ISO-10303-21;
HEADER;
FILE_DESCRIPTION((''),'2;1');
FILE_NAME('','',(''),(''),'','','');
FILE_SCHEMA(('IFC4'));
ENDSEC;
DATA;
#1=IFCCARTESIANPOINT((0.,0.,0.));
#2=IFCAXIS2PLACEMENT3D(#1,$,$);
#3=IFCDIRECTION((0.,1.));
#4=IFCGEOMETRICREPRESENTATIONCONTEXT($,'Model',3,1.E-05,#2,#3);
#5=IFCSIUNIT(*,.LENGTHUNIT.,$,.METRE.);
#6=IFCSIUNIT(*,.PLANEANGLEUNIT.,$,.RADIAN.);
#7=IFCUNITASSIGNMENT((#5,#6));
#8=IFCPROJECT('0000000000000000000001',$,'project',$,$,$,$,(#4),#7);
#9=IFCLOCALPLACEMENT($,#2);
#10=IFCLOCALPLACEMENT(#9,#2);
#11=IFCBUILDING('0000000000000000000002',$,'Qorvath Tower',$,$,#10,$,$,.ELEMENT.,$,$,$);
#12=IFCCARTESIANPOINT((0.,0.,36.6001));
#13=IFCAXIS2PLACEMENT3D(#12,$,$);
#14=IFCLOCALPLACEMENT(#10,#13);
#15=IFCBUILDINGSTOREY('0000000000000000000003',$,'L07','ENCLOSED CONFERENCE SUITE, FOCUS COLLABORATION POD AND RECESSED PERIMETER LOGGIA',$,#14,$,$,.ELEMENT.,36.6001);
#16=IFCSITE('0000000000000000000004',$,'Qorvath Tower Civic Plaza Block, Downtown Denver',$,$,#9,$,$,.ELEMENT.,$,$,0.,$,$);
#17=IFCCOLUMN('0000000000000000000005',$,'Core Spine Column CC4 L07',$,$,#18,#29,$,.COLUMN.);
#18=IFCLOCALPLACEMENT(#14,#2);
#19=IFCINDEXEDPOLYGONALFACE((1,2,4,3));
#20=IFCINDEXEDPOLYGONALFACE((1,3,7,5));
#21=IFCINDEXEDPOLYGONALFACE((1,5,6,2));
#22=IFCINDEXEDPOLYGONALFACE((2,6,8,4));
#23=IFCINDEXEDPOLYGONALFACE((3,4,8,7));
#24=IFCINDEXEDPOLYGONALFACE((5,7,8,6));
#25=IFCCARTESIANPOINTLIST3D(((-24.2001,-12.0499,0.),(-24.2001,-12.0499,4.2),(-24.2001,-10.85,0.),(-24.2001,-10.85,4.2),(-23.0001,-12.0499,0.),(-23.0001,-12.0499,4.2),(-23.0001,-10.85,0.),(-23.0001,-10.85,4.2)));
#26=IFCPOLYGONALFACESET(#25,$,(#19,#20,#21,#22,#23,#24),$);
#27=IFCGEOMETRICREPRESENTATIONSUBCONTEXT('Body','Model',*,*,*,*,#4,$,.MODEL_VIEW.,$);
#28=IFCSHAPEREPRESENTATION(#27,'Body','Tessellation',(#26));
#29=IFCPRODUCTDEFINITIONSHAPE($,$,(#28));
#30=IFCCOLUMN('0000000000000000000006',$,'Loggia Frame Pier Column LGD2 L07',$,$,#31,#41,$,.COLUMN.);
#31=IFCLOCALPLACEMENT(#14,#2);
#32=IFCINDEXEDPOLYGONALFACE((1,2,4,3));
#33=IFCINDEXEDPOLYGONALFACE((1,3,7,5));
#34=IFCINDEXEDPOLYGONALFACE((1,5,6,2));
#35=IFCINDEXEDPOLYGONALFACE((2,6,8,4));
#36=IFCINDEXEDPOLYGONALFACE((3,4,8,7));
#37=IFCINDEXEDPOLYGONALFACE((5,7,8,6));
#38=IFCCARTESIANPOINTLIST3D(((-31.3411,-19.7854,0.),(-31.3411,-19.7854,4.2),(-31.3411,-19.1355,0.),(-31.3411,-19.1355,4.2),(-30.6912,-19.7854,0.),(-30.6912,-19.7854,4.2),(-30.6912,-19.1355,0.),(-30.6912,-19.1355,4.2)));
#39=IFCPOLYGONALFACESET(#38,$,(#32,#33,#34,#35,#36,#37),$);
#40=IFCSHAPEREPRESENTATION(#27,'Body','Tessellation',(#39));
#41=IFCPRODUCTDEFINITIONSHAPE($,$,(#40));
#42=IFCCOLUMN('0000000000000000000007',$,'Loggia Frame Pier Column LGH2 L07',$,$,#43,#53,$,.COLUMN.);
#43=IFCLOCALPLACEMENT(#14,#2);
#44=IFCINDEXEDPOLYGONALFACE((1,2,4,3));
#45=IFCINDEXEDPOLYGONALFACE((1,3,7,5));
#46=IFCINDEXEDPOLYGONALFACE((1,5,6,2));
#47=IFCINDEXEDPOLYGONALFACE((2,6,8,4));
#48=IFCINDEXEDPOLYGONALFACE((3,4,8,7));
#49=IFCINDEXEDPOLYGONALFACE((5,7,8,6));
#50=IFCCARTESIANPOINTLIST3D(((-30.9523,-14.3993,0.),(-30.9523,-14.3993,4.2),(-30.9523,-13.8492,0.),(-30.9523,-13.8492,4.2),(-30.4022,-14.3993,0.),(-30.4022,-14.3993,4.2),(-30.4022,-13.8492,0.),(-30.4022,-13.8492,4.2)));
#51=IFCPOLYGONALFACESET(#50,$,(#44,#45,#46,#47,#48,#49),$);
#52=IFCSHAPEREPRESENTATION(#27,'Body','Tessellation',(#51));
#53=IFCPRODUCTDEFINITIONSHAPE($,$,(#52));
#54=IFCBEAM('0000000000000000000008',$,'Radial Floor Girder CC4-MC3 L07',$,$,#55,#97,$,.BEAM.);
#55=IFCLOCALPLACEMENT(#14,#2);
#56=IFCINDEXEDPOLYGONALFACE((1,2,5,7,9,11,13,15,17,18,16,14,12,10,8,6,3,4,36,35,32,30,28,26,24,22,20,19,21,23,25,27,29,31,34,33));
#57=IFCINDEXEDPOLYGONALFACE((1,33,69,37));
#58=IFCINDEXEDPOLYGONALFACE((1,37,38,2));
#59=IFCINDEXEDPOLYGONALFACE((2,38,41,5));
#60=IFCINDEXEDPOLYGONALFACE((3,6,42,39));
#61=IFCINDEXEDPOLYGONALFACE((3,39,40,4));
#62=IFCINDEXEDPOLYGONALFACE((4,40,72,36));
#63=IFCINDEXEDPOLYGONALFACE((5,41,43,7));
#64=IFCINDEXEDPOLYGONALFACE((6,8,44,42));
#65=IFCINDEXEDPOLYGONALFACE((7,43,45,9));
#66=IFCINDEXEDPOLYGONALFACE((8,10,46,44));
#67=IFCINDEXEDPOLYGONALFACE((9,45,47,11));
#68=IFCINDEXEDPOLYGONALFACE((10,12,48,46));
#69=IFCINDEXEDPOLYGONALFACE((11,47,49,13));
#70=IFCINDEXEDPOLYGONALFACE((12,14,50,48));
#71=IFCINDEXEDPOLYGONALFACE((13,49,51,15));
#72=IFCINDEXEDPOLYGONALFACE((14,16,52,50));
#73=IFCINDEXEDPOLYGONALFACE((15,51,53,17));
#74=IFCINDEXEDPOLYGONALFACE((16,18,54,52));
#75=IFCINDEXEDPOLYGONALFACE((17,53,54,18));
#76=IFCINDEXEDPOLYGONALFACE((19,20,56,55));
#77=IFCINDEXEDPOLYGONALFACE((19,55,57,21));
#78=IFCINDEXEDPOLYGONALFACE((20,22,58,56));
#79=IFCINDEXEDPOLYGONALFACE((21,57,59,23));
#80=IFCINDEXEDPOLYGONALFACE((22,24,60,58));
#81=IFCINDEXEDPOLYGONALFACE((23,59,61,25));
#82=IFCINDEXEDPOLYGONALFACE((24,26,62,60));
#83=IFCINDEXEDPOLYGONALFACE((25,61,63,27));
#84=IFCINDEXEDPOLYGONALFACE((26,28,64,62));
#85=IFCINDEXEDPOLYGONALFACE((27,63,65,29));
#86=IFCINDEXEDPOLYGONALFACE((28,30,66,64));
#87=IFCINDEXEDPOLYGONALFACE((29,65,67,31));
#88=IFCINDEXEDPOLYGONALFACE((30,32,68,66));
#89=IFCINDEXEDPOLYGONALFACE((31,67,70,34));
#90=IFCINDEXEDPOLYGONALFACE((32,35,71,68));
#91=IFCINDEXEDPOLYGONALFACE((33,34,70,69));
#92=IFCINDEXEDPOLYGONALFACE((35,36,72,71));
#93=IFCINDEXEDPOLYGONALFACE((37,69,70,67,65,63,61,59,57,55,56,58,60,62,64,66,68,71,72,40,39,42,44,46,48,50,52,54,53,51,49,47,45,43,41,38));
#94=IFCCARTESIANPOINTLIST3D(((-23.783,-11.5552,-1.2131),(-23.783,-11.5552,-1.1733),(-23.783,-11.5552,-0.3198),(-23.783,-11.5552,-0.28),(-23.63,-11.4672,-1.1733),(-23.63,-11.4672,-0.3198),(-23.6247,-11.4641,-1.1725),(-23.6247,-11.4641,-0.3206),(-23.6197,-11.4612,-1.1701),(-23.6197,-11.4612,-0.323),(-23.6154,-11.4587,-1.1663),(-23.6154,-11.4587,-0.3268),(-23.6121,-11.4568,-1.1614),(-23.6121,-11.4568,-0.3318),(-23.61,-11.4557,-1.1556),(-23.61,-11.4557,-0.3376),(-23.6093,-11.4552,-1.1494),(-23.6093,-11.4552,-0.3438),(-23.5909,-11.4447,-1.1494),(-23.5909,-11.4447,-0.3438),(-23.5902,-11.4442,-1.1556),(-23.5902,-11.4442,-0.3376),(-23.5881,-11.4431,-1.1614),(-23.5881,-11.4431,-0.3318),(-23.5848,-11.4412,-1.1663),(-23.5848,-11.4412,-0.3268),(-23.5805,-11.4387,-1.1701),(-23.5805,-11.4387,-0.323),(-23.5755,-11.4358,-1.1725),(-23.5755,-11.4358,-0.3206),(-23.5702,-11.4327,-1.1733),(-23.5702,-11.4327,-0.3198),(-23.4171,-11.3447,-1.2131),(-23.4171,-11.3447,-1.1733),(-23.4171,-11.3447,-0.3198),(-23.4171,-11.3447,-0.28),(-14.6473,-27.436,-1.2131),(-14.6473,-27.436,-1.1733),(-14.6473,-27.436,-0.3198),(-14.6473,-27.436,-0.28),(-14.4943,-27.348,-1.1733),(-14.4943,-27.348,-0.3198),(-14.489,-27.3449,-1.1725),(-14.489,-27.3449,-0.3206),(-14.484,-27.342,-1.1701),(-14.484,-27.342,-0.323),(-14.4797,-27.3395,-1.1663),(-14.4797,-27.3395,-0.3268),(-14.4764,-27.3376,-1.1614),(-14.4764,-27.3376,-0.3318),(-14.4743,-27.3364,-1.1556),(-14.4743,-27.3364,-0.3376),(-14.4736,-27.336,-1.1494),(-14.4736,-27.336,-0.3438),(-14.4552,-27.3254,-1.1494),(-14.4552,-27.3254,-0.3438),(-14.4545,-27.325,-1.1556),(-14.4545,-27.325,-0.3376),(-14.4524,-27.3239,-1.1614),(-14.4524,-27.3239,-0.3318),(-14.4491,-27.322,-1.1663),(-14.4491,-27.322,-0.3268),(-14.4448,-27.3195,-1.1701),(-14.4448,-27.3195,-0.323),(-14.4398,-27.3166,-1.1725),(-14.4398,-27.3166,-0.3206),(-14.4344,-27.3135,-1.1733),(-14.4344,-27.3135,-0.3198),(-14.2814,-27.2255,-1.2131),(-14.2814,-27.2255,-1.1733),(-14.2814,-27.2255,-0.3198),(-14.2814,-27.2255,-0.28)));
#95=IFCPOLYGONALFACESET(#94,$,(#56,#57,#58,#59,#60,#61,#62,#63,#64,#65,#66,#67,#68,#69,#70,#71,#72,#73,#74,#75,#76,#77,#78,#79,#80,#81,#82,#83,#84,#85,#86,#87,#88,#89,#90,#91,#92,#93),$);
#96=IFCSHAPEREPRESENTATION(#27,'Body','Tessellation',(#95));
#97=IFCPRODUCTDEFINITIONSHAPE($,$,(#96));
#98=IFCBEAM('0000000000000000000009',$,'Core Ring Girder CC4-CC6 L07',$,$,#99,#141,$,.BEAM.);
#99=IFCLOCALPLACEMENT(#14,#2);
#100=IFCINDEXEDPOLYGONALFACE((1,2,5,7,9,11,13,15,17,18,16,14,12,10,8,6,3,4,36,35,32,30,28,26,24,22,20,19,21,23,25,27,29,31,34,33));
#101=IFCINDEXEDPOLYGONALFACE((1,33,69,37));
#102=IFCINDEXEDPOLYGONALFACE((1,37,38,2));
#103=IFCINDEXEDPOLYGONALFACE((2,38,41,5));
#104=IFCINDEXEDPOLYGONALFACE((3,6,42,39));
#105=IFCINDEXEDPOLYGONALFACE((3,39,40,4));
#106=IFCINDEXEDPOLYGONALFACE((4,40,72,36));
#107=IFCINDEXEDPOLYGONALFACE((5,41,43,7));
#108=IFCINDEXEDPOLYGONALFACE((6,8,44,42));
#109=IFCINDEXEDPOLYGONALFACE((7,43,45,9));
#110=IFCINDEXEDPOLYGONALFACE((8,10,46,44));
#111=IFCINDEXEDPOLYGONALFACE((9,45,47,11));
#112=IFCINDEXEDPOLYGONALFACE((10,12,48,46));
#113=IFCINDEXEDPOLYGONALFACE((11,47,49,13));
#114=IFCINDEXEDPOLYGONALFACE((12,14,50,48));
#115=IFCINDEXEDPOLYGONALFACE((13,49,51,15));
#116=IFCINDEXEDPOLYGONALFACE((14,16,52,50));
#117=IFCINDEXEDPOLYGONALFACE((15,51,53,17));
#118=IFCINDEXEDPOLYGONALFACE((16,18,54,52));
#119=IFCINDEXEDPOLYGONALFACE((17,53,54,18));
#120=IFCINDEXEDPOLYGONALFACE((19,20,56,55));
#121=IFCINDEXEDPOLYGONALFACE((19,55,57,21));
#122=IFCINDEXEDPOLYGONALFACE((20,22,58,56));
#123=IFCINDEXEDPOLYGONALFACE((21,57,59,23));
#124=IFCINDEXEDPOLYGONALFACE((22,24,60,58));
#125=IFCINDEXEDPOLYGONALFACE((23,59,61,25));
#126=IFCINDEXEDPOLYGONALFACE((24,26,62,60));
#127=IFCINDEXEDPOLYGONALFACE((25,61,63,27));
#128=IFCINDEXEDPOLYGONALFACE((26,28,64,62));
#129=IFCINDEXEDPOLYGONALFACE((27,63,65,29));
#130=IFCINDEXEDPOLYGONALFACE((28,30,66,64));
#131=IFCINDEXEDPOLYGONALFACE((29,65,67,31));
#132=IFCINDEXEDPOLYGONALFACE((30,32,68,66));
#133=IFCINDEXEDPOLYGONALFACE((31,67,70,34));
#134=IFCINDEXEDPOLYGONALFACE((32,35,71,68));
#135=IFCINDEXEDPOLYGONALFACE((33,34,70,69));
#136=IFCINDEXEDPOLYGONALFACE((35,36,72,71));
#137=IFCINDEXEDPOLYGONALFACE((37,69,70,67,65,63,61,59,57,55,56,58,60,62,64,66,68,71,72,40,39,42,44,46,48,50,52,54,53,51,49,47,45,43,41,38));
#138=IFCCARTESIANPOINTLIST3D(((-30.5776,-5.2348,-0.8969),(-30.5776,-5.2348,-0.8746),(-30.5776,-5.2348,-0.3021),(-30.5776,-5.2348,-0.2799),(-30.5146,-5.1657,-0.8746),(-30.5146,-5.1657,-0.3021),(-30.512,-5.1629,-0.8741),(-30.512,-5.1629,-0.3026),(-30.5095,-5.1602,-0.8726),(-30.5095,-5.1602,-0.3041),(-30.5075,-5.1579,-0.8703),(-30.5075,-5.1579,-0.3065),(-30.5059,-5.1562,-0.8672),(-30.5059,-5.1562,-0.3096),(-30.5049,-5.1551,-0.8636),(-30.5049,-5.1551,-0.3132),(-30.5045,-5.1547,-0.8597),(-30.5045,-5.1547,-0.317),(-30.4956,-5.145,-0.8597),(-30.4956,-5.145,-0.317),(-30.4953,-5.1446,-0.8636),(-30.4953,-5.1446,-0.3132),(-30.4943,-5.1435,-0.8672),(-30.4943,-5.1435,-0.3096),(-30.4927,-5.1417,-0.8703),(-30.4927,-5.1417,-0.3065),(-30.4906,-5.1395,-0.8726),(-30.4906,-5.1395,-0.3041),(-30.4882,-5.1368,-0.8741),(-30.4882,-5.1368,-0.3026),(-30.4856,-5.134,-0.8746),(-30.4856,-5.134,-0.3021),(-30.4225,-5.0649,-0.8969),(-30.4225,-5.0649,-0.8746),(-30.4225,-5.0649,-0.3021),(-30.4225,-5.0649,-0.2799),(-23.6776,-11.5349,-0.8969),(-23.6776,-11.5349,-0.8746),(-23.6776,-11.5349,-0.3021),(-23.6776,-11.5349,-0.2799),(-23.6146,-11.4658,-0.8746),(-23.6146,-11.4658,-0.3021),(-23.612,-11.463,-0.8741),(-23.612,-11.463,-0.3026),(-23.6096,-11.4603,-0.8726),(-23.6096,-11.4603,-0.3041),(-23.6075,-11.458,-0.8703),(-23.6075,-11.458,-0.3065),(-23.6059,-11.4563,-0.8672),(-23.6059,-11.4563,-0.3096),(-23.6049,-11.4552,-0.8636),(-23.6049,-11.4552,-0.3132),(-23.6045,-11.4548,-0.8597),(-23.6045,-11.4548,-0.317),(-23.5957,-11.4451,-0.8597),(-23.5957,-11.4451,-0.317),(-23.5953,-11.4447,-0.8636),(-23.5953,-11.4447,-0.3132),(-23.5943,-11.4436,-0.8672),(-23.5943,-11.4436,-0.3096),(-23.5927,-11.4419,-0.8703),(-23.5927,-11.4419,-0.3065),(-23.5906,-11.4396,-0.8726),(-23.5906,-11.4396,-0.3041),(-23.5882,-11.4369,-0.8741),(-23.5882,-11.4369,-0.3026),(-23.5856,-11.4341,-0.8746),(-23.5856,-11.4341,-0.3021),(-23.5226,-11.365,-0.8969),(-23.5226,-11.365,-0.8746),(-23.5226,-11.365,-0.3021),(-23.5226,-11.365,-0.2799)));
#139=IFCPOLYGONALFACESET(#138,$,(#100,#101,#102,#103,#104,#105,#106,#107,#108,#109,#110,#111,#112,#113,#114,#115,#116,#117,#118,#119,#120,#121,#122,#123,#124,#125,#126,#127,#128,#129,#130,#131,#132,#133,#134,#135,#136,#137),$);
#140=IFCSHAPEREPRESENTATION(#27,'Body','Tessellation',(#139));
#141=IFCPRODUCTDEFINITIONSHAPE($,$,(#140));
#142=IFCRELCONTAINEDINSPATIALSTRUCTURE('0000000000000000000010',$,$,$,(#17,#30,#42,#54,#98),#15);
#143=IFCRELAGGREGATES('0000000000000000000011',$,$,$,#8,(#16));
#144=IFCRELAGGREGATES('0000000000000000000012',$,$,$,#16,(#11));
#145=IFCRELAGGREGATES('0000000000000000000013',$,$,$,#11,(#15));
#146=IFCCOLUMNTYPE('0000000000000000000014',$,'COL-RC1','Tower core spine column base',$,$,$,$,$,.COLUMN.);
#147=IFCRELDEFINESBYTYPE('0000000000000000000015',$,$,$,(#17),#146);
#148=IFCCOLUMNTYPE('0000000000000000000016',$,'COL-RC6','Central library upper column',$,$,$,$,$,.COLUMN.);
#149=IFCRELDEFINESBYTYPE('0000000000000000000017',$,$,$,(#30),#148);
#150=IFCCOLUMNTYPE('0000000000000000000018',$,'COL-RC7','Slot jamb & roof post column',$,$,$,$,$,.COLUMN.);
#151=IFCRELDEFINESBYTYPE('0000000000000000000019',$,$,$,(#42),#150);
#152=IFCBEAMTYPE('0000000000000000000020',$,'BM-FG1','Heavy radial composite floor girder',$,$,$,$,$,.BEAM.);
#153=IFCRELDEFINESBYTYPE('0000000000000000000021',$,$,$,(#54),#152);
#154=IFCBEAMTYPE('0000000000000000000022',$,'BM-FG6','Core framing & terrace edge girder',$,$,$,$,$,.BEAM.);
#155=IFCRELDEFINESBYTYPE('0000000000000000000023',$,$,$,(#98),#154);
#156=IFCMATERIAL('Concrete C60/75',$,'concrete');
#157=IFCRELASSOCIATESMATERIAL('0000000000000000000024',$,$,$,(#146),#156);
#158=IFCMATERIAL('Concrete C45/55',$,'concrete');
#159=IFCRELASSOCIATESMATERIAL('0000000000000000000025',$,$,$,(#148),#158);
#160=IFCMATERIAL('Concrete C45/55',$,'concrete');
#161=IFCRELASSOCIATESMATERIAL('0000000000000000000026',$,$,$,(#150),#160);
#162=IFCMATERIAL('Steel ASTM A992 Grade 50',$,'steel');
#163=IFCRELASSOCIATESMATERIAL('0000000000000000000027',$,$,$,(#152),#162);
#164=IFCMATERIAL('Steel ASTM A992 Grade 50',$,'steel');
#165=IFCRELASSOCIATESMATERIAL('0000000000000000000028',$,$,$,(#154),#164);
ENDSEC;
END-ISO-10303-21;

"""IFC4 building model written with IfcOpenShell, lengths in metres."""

from ifc_helpers import new_model, si_unit, direction, frame, origin, origin_2d, place, context, subcontext, project, spatial, rectangle, i_section, extrude, material, material_profile, profile_set, type_object, element, save


model = new_model("IFC4")

# Units and contexts
model_context = context("Model", 3, precision=1e-05, world=origin(), true_north=direction((0.0, 1.0)))
body_context = subcontext(model_context, "Body", "Model", "MODEL_VIEW")
ifc_project = project(units=[si_unit("LENGTHUNIT", "METRE"), si_unit("PLANEANGLEUNIT", "RADIAN")], contexts=[model_context])

# Site, building, storey
site_placement = place(None, origin())
site = spatial("IfcSite", under=ifc_project, at=site_placement, Name="Qorvath Tower Civic Plaza Block, Downtown Denver", CompositionType="ELEMENT", RefElevation=0.0)
building_placement = place(site_placement, origin())
building = spatial("IfcBuilding", under=site, at=building_placement, Name="Qorvath Tower", CompositionType="ELEMENT")
storey_placement = place(building_placement, frame((0.0, 0.0, 36.6001)))
storey = spatial("IfcBuildingStorey", under=building, at=storey_placement, Name="L07", Description="ENCLOSED CONFERENCE SUITE, FOCUS COLLABORATION POD AND RECESSED PERIMETER LOGGIA", CompositionType="ELEMENT", Elevation=36.6001)

# Columns
ifc_material_1 = material(Name="Concrete C60/75", Category="concrete")
ifc_material_profile_1 = material_profile(ifc_material_1, rectangle(XDim=1.2, YDim=1.2, at=origin_2d()), Name="RC 1200x1200")
ifc_profile_set_1 = profile_set([ifc_material_profile_1], Name="Concrete C60/75")
column_type_1 = type_object("IfcColumnType", Name="COL-RC1", Description="Tower core spine column base", PredefinedType="COLUMN", material=ifc_profile_set_1)
column_1_placement = place(storey_placement, frame((-23.6001, -11.45, 0.0), z_axis=(0.0, 0.0, 1.0), x_axis=(1.0, 0.0, 0.0)))
element("IfcColumn", 1, at=column_1_placement, inside=storey, type_object=column_type_1, Name="Core Spine Column CC4 L07", PredefinedType="COLUMN", context=body_context, shape_type="SweptSolid", body=[
    extrude(rectangle(XDim=1.2, YDim=1.2, at=origin_2d()), origin(), (0.0, 0.0, 1.0), 4.2),
])
ifc_material_2 = material(Name="Concrete C45/55", Category="concrete")
ifc_material_profile_2 = material_profile(ifc_material_2, rectangle(XDim=0.6499, YDim=0.6499, at=origin_2d()), Name="RC 650x650")
ifc_profile_set_2 = profile_set([ifc_material_profile_2], Name="Concrete C45/55")
column_type_2 = type_object("IfcColumnType", Name="COL-RC6", Description="Central library upper column", PredefinedType="COLUMN", material=ifc_profile_set_2)
column_2_placement = place(storey_placement, frame((-31.0161, -19.4604, 0.0), z_axis=(0.0, 0.0, 1.0), x_axis=(1.0, 0.0, 0.0)))
element("IfcColumn", 2, at=column_2_placement, inside=storey, type_object=column_type_2, Name="Loggia Frame Pier Column LGD2 L07", PredefinedType="COLUMN", context=body_context, shape_type="SweptSolid", body=[
    extrude(rectangle(XDim=0.6499, YDim=0.6499, at=origin_2d()), origin(), (0.0, 0.0, 1.0), 4.2),
])
ifc_material_3 = material(Name="Concrete C45/55", Category="concrete")
ifc_material_profile_3 = material_profile(ifc_material_3, rectangle(XDim=0.55, YDim=0.55, at=origin_2d()), Name="RC 550x550")
ifc_profile_set_3 = profile_set([ifc_material_profile_3], Name="Concrete C45/55")
column_type_3 = type_object("IfcColumnType", Name="COL-RC7", Description="Slot jamb & roof post column", PredefinedType="COLUMN", material=ifc_profile_set_3)
column_3_placement = place(storey_placement, frame((-30.6772, -14.1243, 0.0), z_axis=(0.0, 0.0, 1.0), x_axis=(1.0, 0.0, 0.0)))
element("IfcColumn", 3, at=column_3_placement, inside=storey, type_object=column_type_3, Name="Loggia Frame Pier Column LGH2 L07", PredefinedType="COLUMN", context=body_context, shape_type="SweptSolid", body=[
    extrude(rectangle(XDim=0.55, YDim=0.55, at=origin_2d()), origin(), (0.0, 0.0, 1.0), 4.2),
])

# Beams
ifc_material_4 = material(Name="Steel ASTM A992 Grade 50", Category="steel")
ifc_material_profile_4 = material_profile(ifc_material_4, i_section(OverallWidth=0.4221, OverallDepth=0.9331, WebThickness=0.0212, FlangeThickness=0.0398, FilletRadius=0.0239, at=origin_2d()), Name="W36x262")
ifc_profile_set_4 = profile_set([ifc_material_profile_4], Name="Steel ASTM A992 Grade 50")
beam_type_1 = type_object("IfcBeamType", Name="BM-FG1", Description="Heavy radial composite floor girder", PredefinedType="BEAM", material=ifc_profile_set_4)
beam_1_placement = place(storey_placement, frame((-23.6001, -11.45, -0.7466), z_axis=(0.498645, -0.866806, 0.0), x_axis=(0.866806, 0.498645, 0.0)))
element("IfcBeam", 4, at=beam_1_placement, inside=storey, type_object=beam_type_1, Name="Radial Floor Girder CC4-MC3 L07", PredefinedType="BEAM", context=body_context, shape_type="SweptSolid", body=[
    extrude(i_section(OverallWidth=0.4221, OverallDepth=0.9331, WebThickness=0.0212, FlangeThickness=0.0398, FilletRadius=0.0239, at=origin_2d()), origin(), (0.0, 0.0, 1.0), 18.321),
])
ifc_material_5 = material(Name="Steel ASTM A992 Grade 50", Category="steel")
ifc_material_profile_5 = material_profile(ifc_material_5, i_section(OverallWidth=0.23, OverallDepth=0.6169, WebThickness=0.0132, FlangeThickness=0.0222, FilletRadius=0.0149, at=origin_2d()), Name="W24x94")
ifc_profile_set_5 = profile_set([ifc_material_profile_5], Name="Steel ASTM A992 Grade 50")
beam_type_2 = type_object("IfcBeamType", Name="BM-FG6", Description="Core framing & terrace edge girder", PredefinedType="BEAM", material=ifc_profile_set_5)
beam_2_placement = place(storey_placement, frame((-23.6001, -11.45, -0.5884), z_axis=(-0.738478, 0.674277, 0.0), x_axis=(-0.674277, -0.738478, 0.0)))
element("IfcBeam", 5, at=beam_2_placement, inside=storey, type_object=beam_type_2, Name="Core Ring Girder CC4-CC6 L07", PredefinedType="BEAM", context=body_context, shape_type="SweptSolid", body=[
    extrude(i_section(OverallWidth=0.23, OverallDepth=0.6169, WebThickness=0.0132, FlangeThickness=0.0222, FilletRadius=0.0149, at=origin_2d()), origin(), (0.0, 0.0, 1.0), 9.3435),
])

save(model, "model.ifc")
